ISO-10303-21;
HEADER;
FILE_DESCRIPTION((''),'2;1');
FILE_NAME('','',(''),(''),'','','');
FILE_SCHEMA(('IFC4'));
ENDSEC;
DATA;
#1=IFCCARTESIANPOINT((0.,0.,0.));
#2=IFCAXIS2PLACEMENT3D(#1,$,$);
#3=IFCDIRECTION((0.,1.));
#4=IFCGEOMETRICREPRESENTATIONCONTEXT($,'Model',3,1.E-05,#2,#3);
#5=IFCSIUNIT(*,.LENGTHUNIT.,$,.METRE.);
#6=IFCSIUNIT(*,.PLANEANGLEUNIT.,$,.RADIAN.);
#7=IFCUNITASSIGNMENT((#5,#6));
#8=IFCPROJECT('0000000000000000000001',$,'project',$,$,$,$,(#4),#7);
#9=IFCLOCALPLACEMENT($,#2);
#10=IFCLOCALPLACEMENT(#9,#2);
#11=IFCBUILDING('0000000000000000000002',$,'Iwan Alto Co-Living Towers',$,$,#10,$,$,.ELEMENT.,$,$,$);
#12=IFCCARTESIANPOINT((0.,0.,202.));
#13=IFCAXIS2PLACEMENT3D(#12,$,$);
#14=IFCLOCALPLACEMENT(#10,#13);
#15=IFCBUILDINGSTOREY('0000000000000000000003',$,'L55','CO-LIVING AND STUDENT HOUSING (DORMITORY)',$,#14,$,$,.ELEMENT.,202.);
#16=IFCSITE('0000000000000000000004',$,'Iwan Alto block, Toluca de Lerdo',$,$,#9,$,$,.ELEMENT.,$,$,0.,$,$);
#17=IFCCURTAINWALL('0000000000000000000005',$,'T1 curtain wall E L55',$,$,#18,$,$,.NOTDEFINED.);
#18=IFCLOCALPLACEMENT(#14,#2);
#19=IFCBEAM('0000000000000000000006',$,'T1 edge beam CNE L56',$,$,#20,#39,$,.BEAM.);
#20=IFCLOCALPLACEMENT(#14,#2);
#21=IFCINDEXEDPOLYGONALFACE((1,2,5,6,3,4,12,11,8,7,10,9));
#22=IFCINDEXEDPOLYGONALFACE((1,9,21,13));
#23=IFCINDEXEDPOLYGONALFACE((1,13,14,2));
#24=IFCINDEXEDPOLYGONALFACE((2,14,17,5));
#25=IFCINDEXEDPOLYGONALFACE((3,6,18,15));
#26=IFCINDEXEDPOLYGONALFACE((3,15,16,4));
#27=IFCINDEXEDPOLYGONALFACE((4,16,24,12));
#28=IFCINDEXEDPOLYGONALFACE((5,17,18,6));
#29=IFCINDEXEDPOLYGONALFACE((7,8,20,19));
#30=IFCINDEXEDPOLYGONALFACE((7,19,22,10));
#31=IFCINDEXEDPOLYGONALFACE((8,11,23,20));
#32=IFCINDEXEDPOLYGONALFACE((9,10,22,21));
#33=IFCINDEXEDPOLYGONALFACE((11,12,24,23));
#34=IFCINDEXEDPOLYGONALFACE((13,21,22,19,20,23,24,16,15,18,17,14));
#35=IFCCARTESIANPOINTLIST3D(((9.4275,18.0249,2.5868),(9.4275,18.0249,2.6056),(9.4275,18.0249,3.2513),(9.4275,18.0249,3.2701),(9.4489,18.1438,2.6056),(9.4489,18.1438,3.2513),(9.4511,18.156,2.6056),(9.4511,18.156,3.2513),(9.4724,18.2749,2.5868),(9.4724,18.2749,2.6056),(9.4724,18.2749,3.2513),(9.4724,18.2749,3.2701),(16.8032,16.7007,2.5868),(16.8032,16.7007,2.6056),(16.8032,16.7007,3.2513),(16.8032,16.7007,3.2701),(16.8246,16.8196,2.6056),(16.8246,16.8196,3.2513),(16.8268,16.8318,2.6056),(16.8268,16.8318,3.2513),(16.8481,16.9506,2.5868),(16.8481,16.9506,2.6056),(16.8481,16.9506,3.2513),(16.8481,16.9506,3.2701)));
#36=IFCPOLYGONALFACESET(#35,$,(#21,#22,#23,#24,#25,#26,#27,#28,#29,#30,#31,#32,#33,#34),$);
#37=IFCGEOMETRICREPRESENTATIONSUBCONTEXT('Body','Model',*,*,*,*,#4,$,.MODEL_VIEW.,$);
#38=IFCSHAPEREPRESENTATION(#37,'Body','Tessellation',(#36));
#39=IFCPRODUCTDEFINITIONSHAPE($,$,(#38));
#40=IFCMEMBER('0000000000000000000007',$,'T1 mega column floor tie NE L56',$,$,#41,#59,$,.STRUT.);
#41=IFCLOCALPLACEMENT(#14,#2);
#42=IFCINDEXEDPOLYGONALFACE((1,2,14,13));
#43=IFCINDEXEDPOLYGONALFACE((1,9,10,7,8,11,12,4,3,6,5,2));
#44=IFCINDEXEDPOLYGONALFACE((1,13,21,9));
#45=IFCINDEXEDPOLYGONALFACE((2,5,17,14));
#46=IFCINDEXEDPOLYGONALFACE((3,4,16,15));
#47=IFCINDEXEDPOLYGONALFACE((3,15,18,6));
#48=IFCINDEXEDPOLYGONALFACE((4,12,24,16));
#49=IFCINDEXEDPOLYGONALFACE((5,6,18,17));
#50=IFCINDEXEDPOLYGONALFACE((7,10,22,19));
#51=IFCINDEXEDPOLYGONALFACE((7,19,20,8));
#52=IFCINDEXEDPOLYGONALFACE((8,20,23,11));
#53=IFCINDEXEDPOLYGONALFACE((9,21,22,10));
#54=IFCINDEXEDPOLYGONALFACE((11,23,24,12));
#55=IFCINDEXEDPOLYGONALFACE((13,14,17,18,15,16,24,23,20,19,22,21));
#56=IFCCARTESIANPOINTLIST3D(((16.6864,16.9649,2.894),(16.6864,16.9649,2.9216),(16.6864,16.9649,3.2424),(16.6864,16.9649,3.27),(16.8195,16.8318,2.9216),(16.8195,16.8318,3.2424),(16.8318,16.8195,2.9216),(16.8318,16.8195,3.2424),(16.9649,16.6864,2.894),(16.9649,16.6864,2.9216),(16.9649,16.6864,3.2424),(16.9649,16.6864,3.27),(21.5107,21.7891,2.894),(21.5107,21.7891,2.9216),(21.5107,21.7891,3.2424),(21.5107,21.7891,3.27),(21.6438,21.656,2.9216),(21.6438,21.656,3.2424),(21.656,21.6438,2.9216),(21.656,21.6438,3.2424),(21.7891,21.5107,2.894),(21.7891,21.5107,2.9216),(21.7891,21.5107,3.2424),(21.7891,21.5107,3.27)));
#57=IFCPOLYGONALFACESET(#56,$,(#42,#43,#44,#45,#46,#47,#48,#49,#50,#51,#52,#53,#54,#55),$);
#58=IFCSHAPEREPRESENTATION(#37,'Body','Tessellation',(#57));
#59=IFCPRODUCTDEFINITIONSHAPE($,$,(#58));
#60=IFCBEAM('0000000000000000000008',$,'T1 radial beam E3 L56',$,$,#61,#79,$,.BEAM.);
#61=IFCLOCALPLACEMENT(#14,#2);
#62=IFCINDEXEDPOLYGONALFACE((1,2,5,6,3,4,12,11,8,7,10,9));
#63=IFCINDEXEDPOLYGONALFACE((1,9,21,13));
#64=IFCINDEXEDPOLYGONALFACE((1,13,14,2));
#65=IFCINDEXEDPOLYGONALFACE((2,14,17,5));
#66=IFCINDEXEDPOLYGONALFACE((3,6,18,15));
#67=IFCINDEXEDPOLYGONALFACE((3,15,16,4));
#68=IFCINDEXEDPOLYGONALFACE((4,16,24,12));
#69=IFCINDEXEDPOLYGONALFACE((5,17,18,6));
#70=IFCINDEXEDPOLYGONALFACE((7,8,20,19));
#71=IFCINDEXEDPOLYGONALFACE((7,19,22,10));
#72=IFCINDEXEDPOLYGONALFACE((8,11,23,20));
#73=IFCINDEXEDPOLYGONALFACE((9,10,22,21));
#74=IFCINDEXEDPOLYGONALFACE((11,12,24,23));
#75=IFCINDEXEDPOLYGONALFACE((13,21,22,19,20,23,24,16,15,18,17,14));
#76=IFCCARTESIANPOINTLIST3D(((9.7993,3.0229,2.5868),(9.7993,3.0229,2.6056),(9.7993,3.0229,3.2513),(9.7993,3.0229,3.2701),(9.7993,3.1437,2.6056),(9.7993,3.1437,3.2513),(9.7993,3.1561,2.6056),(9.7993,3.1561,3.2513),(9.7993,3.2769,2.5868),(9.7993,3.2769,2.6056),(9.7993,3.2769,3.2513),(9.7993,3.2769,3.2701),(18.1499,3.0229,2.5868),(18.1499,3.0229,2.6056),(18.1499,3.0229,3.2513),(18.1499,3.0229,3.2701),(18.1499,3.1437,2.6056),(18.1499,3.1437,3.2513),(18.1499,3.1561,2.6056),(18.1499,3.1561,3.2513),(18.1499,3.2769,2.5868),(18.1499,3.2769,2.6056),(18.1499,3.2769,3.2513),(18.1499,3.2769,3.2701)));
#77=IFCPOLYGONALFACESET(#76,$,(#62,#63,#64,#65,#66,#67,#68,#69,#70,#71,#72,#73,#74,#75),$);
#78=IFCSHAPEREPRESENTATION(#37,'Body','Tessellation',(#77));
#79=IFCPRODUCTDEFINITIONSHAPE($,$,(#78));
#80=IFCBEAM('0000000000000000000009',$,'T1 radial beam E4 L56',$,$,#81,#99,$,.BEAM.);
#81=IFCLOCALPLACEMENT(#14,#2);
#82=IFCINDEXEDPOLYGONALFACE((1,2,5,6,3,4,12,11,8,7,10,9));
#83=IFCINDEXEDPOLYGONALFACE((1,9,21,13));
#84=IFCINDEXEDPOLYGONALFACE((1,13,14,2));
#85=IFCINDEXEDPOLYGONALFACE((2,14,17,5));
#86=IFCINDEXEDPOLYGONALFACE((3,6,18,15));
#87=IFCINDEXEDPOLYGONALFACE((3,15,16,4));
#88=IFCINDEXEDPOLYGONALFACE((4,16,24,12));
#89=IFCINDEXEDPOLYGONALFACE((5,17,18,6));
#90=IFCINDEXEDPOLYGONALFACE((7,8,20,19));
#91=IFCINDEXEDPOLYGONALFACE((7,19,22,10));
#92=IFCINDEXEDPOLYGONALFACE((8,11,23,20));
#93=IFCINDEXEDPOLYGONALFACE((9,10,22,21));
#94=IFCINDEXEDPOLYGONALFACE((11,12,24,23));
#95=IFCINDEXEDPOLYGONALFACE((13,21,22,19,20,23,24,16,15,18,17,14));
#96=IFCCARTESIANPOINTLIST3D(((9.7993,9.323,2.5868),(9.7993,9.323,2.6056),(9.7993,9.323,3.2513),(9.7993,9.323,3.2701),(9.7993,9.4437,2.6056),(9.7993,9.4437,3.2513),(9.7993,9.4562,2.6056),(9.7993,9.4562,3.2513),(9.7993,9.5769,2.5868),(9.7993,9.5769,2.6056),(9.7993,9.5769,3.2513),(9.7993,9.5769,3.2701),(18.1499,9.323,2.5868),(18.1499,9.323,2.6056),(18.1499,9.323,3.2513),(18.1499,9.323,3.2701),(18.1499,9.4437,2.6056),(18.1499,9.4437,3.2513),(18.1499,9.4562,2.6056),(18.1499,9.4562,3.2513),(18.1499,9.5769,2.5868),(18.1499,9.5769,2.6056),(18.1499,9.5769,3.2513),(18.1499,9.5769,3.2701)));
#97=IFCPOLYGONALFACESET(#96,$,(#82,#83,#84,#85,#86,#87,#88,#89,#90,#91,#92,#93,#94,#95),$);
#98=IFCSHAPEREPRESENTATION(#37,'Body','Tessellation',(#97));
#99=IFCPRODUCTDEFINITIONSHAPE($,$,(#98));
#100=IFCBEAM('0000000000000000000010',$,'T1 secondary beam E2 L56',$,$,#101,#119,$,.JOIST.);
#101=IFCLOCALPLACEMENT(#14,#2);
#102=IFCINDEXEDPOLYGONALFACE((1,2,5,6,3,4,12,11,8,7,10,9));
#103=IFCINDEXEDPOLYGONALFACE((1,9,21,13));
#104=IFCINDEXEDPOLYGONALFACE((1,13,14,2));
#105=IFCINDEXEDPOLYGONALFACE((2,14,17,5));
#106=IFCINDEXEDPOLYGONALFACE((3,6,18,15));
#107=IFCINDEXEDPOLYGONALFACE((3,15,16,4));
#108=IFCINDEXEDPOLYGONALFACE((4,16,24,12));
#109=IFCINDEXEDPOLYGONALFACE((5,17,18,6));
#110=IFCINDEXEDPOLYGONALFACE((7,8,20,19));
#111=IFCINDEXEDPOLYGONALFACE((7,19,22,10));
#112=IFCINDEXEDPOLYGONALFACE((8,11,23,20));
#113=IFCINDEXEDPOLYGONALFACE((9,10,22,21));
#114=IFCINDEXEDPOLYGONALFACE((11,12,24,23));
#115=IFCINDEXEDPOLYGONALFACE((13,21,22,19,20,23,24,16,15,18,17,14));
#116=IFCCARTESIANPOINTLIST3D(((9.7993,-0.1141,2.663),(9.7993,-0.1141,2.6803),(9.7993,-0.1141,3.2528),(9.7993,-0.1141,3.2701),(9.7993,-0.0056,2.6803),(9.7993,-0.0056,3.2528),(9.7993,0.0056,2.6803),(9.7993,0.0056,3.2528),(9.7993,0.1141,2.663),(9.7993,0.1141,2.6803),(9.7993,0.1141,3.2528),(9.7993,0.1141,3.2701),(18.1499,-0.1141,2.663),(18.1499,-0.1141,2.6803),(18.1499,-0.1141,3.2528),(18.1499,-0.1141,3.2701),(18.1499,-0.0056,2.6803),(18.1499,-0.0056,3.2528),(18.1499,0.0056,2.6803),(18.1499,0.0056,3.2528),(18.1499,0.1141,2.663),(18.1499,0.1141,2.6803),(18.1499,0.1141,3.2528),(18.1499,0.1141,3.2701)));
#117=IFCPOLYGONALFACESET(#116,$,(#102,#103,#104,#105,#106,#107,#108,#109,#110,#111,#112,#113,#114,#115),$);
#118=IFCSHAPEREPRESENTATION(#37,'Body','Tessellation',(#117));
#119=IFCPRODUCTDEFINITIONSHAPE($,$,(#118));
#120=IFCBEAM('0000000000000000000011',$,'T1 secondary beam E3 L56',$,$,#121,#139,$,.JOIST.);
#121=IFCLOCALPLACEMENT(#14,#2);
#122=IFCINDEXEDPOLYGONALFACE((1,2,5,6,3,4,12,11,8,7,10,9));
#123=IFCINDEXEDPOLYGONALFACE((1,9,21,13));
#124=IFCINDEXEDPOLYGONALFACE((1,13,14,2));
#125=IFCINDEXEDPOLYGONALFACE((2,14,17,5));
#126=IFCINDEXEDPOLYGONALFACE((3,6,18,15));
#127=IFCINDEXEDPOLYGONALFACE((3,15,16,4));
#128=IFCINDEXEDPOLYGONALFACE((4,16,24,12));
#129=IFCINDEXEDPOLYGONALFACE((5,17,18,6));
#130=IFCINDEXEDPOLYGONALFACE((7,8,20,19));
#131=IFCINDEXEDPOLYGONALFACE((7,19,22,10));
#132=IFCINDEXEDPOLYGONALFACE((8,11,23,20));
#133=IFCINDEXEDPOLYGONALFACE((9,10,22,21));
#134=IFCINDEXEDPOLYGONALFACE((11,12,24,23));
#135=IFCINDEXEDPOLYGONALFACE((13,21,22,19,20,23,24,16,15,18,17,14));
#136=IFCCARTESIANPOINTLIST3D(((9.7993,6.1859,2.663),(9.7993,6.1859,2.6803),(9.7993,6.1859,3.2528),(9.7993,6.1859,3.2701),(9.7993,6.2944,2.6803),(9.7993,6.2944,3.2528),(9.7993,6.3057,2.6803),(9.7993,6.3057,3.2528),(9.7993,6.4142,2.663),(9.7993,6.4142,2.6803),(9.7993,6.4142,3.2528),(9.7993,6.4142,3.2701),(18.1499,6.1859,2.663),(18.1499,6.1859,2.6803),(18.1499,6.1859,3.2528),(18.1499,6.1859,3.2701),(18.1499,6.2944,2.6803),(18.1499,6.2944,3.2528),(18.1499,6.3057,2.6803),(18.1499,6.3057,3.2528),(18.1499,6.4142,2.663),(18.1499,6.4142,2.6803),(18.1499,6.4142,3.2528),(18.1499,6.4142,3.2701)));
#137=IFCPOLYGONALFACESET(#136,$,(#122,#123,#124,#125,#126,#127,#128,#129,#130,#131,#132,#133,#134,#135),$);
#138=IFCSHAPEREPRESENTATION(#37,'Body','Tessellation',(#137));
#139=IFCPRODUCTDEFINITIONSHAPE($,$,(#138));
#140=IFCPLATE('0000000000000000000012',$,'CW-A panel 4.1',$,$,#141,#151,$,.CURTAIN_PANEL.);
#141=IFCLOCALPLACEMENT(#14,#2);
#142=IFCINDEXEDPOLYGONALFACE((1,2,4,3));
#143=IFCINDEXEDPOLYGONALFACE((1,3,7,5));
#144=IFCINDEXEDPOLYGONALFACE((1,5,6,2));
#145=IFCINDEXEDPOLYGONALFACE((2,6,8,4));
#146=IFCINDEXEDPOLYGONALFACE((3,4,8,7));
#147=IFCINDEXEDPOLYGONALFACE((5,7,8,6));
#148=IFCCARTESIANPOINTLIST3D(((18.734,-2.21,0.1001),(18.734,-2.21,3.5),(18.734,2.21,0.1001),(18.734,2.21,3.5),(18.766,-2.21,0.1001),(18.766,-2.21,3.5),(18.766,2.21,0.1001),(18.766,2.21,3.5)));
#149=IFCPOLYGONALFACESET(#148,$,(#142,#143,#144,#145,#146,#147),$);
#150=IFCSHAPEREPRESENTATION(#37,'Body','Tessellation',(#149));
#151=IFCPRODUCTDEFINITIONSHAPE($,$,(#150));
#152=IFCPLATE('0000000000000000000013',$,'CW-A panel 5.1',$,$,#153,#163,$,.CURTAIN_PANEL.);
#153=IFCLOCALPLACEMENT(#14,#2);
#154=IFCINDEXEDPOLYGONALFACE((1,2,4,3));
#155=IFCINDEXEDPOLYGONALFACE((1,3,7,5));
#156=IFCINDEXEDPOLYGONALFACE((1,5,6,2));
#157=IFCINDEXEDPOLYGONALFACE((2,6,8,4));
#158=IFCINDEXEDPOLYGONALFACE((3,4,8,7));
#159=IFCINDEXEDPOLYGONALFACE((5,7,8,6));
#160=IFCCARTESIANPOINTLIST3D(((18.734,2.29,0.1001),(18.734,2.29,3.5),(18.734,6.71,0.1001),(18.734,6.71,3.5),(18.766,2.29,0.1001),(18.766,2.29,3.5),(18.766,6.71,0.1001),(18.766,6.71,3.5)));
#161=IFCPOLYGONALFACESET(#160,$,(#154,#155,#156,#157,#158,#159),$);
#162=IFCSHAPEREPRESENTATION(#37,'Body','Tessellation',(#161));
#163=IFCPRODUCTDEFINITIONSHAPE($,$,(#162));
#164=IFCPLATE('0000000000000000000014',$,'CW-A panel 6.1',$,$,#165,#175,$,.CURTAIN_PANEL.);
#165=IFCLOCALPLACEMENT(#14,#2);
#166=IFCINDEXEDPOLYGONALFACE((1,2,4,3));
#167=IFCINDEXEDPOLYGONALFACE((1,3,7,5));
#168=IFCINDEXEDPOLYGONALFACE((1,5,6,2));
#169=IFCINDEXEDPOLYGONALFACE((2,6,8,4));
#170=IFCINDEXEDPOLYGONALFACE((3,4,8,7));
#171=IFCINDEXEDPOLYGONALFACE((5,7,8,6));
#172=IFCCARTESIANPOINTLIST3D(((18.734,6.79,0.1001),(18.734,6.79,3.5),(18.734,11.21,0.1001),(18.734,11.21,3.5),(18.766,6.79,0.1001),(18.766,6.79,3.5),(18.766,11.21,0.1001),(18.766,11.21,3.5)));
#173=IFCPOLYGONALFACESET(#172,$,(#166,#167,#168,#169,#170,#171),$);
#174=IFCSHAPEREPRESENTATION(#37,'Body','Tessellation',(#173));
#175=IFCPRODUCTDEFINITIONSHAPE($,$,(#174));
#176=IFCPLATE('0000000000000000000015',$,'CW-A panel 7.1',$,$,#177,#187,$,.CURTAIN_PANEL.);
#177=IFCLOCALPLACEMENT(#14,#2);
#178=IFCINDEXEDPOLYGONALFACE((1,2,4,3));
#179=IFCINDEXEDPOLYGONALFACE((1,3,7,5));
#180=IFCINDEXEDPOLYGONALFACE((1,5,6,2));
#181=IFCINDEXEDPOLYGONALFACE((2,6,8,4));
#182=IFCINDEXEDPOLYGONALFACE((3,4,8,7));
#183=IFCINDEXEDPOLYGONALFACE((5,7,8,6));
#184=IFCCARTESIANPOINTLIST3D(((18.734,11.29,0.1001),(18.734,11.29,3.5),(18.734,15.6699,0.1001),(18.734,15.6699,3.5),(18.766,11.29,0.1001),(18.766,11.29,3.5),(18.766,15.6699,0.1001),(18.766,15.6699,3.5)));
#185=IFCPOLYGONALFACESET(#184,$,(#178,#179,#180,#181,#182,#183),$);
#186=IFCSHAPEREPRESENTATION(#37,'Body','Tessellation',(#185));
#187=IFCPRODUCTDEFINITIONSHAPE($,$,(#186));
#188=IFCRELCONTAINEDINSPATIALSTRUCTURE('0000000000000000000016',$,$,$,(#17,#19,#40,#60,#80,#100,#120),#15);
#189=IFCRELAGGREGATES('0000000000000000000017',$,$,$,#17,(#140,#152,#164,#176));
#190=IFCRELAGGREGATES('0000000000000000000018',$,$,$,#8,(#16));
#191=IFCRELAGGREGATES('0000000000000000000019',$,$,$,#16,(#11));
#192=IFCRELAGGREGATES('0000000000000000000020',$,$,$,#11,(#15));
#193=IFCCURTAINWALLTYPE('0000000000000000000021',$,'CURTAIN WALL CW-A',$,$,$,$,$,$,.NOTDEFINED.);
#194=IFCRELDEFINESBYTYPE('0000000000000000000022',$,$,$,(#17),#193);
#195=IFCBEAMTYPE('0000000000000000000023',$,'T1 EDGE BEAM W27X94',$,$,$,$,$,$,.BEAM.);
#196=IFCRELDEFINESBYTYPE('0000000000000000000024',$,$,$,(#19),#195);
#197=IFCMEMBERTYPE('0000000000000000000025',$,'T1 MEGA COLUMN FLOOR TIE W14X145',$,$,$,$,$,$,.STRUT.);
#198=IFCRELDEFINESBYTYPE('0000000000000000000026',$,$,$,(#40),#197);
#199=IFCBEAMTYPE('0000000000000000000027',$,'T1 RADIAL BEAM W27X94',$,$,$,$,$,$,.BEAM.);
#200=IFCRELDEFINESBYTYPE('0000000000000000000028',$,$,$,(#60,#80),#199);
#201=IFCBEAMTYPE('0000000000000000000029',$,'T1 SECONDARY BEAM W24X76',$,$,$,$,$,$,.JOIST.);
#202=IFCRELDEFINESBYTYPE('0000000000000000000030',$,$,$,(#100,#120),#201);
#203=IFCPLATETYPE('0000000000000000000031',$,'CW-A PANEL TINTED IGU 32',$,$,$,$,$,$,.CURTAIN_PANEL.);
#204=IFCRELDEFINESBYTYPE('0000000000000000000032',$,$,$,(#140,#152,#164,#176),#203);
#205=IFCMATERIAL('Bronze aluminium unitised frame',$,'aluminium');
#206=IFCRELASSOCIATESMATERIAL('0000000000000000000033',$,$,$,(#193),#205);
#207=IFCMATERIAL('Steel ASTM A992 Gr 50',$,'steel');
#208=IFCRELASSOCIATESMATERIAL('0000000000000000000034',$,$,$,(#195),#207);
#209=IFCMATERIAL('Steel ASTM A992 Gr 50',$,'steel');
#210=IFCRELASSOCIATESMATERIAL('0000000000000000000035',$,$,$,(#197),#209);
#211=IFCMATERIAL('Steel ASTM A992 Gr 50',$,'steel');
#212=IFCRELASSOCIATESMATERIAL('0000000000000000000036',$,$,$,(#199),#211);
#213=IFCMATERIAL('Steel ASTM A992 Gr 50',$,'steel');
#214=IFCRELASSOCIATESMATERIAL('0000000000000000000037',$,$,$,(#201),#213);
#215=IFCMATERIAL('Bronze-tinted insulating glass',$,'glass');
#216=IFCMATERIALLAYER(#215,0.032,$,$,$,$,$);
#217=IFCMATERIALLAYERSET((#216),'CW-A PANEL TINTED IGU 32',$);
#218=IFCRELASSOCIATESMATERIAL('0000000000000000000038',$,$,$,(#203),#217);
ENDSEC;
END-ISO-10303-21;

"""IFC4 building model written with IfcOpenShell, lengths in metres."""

from ifc_helpers import new_model, si_unit, direction, frame, origin, origin_2d, place, context, subcontext, project, spatial, rectangle, i_section, extrude, material, layer, layer_set, material_profile, profile_set, type_object, element, aggregate, save


model = new_model("IFC4")

# Units and contexts
model_context = context("Model", 3, precision=1e-05, world=origin(), true_north=direction((0.0, 1.0)))
body_context = subcontext(model_context, "Body", "Model", "MODEL_VIEW")
ifc_project = project(units=[si_unit("LENGTHUNIT", "METRE"), si_unit("PLANEANGLEUNIT", "RADIAN")], contexts=[model_context])

# Site, building, storey
site_placement = place(None, origin())
site = spatial("IfcSite", under=ifc_project, at=site_placement, Name="Iwan Alto block, Toluca de Lerdo", CompositionType="ELEMENT", RefElevation=0.0)
building_placement = place(site_placement, origin())
building = spatial("IfcBuilding", under=site, at=building_placement, Name="Iwan Alto Co-Living Towers", CompositionType="ELEMENT")
storey_placement = place(building_placement, frame((0.0, 0.0, 202.0)))
storey = spatial("IfcBuildingStorey", under=building, at=storey_placement, Name="L55", Description="CO-LIVING AND STUDENT HOUSING (DORMITORY)", CompositionType="ELEMENT", Elevation=202.0)

# Curtain wall
ifc_material_1 = material(Name="Bronze aluminium unitised frame", Category="aluminium")
curtain_wall_type_1 = type_object("IfcCurtainWallType", Name="CURTAIN WALL CW-A", PredefinedType="NOTDEFINED", material=ifc_material_1)
curtain_wall_1_placement = place(storey_placement, origin())
curtain_wall_1 = element("IfcCurtainWall", 1, at=curtain_wall_1_placement, inside=storey, type_object=curtain_wall_type_1, Name="T1 curtain wall E L55", PredefinedType="NOTDEFINED")

# Beam
ifc_material_2 = material(Name="Steel ASTM A992 Gr 50", Category="steel")
ifc_material_profile_1 = material_profile(ifc_material_2, i_section(OverallWidth=0.2539, OverallDepth=0.6833, WebThickness=0.0125, FlangeThickness=0.0188, at=origin_2d()), Name="W27X94")
ifc_profile_set_1 = profile_set([ifc_material_profile_1], Name="Steel ASTM A992 Gr 50")
beam_type_1 = type_object("IfcBeamType", Name="T1 EDGE BEAM W27X94", PredefinedType="BEAM", material=ifc_profile_set_1)
for number, where, z_axis, x_axis, name in (
    (2, (16.8257, 16.8257, 2.9285), (-0.984263, 0.176712, 0.0), (-0.176712, -0.984263, 0.0), "T1 edge beam CNE L56"),
):
    element("IfcBeam", number, at=place(storey_placement, frame(where, z_axis=z_axis, x_axis=x_axis)), inside=storey, type_object=beam_type_1, Name=name, PredefinedType="BEAM", context=body_context, shape_type="SweptSolid", body=[
        extrude(i_section(OverallWidth=0.2539, OverallDepth=0.6833, WebThickness=0.0125, FlangeThickness=0.0188, at=origin_2d()), origin(), (0.0, 0.0, 1.0), 7.4937),
    ])

# Member
ifc_material_3 = material(Name="Steel ASTM A992 Gr 50", Category="steel")
ifc_material_profile_2 = material_profile(ifc_material_3, i_section(OverallWidth=0.3938, OverallDepth=0.376, WebThickness=0.0173, FlangeThickness=0.0276, at=origin_2d()), Name="W14X145")
ifc_profile_set_2 = profile_set([ifc_material_profile_2], Name="Steel ASTM A992 Gr 50")
member_type_1 = type_object("IfcMemberType", Name="T1 MEGA COLUMN FLOOR TIE W14X145", PredefinedType="STRUT", material=ifc_profile_set_2)
member_1_placement = place(storey_placement, frame((21.6499, 21.6499, 3.082), z_axis=(-0.707107, -0.707107, 0.0), x_axis=(0.707107, -0.707107, 0.0)))
element("IfcMember", 3, at=member_1_placement, inside=storey, type_object=member_type_1, Name="T1 mega column floor tie NE L56", PredefinedType="STRUT", context=body_context, shape_type="SweptSolid", body=[
    extrude(i_section(OverallWidth=0.3938, OverallDepth=0.376, WebThickness=0.0173, FlangeThickness=0.0276, at=origin_2d()), origin(), (0.0, 0.0, 1.0), 6.8225),
])

# Beams
ifc_material_4 = material(Name="Steel ASTM A992 Gr 50", Category="steel")
ifc_material_profile_3 = material_profile(ifc_material_4, i_section(OverallWidth=0.2539, OverallDepth=0.6833, WebThickness=0.0125, FlangeThickness=0.0188, at=origin_2d()), Name="W27X94")
ifc_profile_set_3 = profile_set([ifc_material_profile_3], Name="Steel ASTM A992 Gr 50")
beam_type_2 = type_object("IfcBeamType", Name="T1 RADIAL BEAM W27X94", PredefinedType="BEAM", material=ifc_profile_set_3)
for number, where, z_axis, x_axis, name in (
    (4, (18.1499, 3.1499, 2.9285), (-1.0, 0.0, 0.0), (0.0, -1.0, 0.0), "T1 radial beam E3 L56"),
    (5, (18.1499, 9.45, 2.9285), (-1.0, 0.0, 0.0), (0.0, -1.0, 0.0), "T1 radial beam E4 L56"),
):
    element("IfcBeam", number, at=place(storey_placement, frame(where, z_axis=z_axis, x_axis=x_axis)), inside=storey, type_object=beam_type_2, Name=name, PredefinedType="BEAM", context=body_context, shape_type="SweptSolid", body=[
        extrude(i_section(OverallWidth=0.2539, OverallDepth=0.6833, WebThickness=0.0125, FlangeThickness=0.0188, at=origin_2d()), origin(), (0.0, 0.0, 1.0), 8.3506),
    ])
ifc_material_5 = material(Name="Steel ASTM A992 Gr 50", Category="steel")
ifc_material_profile_4 = material_profile(ifc_material_5, i_section(OverallWidth=0.2283, OverallDepth=0.6072, WebThickness=0.0112, FlangeThickness=0.0173, at=origin_2d()), Name="W24X76")
ifc_profile_set_4 = profile_set([ifc_material_profile_4], Name="Steel ASTM A992 Gr 50")
beam_type_3 = type_object("IfcBeamType", Name="T1 SECONDARY BEAM W24X76", PredefinedType="JOIST", material=ifc_profile_set_4)
for number, where, z_axis, x_axis, name in (
    (6, (18.1499, 0.0, 2.9666), (-1.0, 0.0, 0.0), (0.0, -1.0, 0.0), "T1 secondary beam E2 L56"),
    (7, (18.1499, 6.3, 2.9666), (-1.0, 0.0, 0.0), (0.0, -1.0, 0.0), "T1 secondary beam E3 L56"),
):
    element("IfcBeam", number, at=place(storey_placement, frame(where, z_axis=z_axis, x_axis=x_axis)), inside=storey, type_object=beam_type_3, Name=name, PredefinedType="JOIST", context=body_context, shape_type="SweptSolid", body=[
        extrude(i_section(OverallWidth=0.2283, OverallDepth=0.6072, WebThickness=0.0112, FlangeThickness=0.0173, at=origin_2d()), origin(), (0.0, 0.0, 1.0), 8.3506),
    ])

# Plates
ifc_material_6 = material(Name="Bronze-tinted insulating glass", Category="glass")
ifc_layer_1 = layer(ifc_material_6, 0.032)
ifc_layer_set_1 = layer_set([ifc_layer_1], Name="CW-A PANEL TINTED IGU 32")
plate_type_1 = type_object("IfcPlateType", Name="CW-A PANEL TINTED IGU 32", PredefinedType="CURTAIN_PANEL", material=ifc_layer_set_1)
plate_1_placement = place(storey_placement, frame((18.75, 0.0, 0.1001), z_axis=(0.0, 0.0, 1.0), x_axis=(0.0, 1.0, 0.0)))
plate_1 = element("IfcPlate", 8, at=plate_1_placement, type_object=plate_type_1, Name="CW-A panel 4.1", PredefinedType="CURTAIN_PANEL", context=body_context, shape_type="SweptSolid", body=[
    extrude(rectangle(XDim=4.4199, YDim=0.032, at=origin_2d()), origin(), (0.0, 0.0, 1.0), 3.3999),
])
plate_2_placement = place(storey_placement, frame((18.75, 4.5, 0.1001), z_axis=(0.0, 0.0, 1.0), x_axis=(0.0, 1.0, 0.0)))
plate_2 = element("IfcPlate", 9, at=plate_2_placement, type_object=plate_type_1, Name="CW-A panel 5.1", PredefinedType="CURTAIN_PANEL", context=body_context, shape_type="SweptSolid", body=[
    extrude(rectangle(XDim=4.4199, YDim=0.032, at=origin_2d()), origin(), (0.0, 0.0, 1.0), 3.3999),
])
plate_3_placement = place(storey_placement, frame((18.75, 9.0, 0.1001), z_axis=(0.0, 0.0, 1.0), x_axis=(0.0, 1.0, 0.0)))
plate_3 = element("IfcPlate", 10, at=plate_3_placement, type_object=plate_type_1, Name="CW-A panel 6.1", PredefinedType="CURTAIN_PANEL", context=body_context, shape_type="SweptSolid", body=[
    extrude(rectangle(XDim=4.4199, YDim=0.032, at=origin_2d()), origin(), (0.0, 0.0, 1.0), 3.3999),
])
plate_4_placement = place(storey_placement, frame((18.75, 13.48, 0.1001), z_axis=(0.0, 0.0, 1.0), x_axis=(0.0, 1.0, 0.0)))
plate_4 = element("IfcPlate", 11, at=plate_4_placement, type_object=plate_type_1, Name="CW-A panel 7.1", PredefinedType="CURTAIN_PANEL", context=body_context, shape_type="SweptSolid", body=[
    extrude(rectangle(XDim=4.3799, YDim=0.032, at=origin_2d()), origin(), (0.0, 0.0, 1.0), 3.3999),
])
aggregate(curtain_wall_1, [plate_1, plate_2, plate_3, plate_4])

save(model, "model.ifc")
